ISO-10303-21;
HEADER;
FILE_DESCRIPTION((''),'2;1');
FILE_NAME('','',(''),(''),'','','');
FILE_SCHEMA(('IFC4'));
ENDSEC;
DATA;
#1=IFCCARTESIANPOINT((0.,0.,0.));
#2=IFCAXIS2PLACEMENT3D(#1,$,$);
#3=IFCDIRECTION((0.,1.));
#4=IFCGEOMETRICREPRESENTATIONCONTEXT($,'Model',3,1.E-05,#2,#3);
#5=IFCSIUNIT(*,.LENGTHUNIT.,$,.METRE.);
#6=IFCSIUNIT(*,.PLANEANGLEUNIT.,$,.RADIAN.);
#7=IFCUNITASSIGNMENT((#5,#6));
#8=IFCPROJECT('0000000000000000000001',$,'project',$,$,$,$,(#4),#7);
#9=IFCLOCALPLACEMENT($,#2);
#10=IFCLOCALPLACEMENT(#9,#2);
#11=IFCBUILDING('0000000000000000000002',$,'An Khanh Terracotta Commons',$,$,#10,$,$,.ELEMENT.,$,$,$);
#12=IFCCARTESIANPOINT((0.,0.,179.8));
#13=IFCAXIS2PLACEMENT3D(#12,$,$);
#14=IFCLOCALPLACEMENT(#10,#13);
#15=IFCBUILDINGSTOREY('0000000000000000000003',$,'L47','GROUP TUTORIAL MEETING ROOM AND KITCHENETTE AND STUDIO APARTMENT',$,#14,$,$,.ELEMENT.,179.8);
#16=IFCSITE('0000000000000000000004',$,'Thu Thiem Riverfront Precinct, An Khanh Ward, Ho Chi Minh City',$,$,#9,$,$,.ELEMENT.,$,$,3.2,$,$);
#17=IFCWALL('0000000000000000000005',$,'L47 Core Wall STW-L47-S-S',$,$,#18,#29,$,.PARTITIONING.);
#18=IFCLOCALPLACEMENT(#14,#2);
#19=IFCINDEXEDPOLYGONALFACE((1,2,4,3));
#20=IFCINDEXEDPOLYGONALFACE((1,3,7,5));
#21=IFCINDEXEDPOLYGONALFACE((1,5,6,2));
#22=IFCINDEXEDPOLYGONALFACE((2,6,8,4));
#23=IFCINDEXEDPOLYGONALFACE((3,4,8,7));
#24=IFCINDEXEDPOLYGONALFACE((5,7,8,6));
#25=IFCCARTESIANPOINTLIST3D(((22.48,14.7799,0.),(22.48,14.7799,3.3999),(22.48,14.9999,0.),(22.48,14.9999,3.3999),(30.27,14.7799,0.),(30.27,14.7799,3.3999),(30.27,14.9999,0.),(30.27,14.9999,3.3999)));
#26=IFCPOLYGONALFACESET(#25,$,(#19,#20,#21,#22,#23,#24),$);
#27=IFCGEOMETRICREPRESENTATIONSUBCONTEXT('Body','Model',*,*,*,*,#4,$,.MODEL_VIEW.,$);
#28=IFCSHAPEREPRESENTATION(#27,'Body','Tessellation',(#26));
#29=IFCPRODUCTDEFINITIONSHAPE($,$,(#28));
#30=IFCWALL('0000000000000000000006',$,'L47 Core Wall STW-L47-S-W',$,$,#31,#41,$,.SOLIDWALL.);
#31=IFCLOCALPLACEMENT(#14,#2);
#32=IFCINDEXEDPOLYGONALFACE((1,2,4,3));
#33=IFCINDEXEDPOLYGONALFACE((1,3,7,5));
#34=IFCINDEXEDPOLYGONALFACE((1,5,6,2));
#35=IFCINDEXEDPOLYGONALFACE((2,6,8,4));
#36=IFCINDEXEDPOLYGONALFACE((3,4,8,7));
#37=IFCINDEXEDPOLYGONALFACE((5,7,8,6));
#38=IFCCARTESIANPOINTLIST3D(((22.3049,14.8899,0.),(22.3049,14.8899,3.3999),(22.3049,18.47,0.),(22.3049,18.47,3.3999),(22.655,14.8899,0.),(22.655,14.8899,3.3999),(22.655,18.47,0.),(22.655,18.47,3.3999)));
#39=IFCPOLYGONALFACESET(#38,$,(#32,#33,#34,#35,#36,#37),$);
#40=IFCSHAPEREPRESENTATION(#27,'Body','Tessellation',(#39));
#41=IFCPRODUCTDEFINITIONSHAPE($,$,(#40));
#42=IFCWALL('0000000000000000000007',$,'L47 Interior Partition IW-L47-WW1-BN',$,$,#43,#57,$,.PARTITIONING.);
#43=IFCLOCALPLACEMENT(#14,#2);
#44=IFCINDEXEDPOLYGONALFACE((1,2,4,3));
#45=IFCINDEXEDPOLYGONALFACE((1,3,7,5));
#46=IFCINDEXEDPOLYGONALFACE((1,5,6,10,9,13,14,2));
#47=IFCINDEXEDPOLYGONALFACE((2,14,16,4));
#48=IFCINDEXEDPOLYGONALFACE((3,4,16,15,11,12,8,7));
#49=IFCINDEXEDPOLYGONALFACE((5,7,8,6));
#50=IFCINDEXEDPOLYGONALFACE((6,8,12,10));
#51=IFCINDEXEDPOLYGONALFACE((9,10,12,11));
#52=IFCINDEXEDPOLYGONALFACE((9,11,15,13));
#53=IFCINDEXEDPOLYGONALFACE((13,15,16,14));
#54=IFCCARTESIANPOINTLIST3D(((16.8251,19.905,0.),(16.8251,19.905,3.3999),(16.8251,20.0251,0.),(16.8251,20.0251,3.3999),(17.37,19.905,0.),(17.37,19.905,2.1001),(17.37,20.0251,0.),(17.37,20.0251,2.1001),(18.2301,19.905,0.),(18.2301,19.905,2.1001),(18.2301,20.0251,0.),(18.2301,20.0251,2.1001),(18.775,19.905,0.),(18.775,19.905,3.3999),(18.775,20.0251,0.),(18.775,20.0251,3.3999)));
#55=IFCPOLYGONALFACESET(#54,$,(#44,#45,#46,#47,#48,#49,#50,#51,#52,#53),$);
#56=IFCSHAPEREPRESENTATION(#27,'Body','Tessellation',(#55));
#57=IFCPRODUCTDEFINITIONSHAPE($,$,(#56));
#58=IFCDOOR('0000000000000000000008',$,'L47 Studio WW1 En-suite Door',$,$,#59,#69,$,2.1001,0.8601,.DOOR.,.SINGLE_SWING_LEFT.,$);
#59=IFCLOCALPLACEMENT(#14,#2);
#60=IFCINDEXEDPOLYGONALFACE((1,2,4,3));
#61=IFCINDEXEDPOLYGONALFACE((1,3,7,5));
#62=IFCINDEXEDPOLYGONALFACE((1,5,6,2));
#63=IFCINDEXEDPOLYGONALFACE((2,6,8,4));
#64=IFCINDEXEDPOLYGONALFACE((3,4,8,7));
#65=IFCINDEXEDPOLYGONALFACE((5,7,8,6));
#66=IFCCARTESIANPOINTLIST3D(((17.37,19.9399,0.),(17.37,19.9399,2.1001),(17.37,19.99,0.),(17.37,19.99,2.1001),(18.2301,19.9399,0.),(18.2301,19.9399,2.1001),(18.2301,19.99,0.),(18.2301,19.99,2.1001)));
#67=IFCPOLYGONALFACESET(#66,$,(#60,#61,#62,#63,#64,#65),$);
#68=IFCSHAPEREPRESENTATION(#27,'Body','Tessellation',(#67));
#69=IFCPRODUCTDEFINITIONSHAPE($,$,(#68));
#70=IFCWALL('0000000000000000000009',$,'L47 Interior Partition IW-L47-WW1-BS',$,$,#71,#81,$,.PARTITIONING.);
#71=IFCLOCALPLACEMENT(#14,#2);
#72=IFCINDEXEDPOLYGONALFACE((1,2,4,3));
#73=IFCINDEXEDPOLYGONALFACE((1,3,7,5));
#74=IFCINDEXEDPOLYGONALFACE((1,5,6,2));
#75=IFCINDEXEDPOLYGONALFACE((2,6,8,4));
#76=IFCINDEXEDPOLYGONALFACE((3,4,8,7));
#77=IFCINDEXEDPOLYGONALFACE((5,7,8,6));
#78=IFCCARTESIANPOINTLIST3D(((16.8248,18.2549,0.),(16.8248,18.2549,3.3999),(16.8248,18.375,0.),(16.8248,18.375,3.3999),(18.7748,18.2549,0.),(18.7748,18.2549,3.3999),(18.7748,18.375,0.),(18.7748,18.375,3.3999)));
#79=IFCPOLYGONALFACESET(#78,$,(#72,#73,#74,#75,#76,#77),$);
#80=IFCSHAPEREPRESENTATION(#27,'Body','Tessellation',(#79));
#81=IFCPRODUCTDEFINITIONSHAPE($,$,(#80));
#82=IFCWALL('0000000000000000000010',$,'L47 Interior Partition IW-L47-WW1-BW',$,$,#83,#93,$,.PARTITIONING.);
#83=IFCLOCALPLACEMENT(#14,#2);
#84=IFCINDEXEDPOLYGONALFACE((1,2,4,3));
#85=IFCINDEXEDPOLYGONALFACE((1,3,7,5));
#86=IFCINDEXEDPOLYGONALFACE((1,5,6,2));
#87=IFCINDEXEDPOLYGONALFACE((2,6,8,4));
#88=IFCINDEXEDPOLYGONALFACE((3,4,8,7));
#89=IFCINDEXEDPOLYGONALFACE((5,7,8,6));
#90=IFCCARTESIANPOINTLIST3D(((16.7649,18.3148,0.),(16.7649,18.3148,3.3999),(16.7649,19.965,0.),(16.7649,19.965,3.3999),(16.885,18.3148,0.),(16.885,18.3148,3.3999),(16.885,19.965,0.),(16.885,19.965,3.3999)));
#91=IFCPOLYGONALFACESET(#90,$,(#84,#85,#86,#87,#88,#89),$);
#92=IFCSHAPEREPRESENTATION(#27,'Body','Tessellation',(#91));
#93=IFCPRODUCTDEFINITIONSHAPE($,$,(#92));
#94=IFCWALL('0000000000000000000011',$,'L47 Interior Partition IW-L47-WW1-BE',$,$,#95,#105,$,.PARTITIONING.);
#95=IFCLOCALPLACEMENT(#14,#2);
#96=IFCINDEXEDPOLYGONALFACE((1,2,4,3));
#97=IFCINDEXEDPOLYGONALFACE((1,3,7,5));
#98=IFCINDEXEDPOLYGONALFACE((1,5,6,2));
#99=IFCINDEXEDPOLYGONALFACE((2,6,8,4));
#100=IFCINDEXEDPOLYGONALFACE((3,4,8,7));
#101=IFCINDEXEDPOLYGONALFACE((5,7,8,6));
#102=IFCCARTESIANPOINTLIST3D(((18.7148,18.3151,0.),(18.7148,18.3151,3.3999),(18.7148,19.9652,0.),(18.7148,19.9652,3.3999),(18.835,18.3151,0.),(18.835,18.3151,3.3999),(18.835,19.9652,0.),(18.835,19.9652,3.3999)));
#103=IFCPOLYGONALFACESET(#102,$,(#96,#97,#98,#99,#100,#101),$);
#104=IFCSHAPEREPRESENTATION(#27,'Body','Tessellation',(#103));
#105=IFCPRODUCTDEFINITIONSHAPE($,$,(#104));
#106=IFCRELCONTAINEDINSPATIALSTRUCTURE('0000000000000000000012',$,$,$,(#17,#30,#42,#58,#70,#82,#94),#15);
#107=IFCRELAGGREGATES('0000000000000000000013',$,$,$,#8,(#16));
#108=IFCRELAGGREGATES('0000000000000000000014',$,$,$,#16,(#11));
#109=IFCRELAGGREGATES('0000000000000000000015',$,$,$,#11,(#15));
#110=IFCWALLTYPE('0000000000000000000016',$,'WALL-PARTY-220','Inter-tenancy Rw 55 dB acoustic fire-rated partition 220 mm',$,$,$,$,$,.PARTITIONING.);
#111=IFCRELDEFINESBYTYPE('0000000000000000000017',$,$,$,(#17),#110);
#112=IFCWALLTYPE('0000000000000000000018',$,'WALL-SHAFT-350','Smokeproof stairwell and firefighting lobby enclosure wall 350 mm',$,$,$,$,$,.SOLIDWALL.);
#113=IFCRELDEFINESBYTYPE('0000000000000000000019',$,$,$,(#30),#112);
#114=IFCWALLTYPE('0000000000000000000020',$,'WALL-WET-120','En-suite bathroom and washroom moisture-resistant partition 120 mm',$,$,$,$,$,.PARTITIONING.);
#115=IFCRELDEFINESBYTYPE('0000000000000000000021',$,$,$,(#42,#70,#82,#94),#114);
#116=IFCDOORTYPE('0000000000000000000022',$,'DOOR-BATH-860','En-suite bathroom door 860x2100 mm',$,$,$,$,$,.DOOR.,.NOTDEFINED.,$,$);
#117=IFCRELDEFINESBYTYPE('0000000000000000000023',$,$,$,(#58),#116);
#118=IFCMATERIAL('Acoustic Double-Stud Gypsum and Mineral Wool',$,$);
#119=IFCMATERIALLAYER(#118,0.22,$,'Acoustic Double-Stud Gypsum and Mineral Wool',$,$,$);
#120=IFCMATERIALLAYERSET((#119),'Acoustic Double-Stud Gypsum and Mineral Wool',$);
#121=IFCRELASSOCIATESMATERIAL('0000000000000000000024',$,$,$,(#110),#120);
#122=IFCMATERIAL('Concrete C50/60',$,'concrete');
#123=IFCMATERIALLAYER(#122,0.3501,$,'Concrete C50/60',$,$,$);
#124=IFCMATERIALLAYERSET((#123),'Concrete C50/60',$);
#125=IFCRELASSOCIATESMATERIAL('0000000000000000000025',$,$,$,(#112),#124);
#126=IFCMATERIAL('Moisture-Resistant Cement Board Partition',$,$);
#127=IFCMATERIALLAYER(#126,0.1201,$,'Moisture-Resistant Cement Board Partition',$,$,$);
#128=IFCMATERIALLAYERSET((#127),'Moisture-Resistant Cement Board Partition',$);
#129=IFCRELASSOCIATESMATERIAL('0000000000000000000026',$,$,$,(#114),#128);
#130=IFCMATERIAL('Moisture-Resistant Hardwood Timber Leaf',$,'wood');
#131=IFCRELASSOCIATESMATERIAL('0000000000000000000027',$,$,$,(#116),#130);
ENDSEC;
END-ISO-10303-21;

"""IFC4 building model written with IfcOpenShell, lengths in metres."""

from ifc_helpers import new_model, si_unit, direction, frame, frame_2d, origin, place, context, subcontext, project, spatial, rectangle, extrude, material, layer, layer_set, type_object, element, fill, save


model = new_model("IFC4")

# Units and contexts
model_context = context("Model", 3, precision=1e-05, world=origin(), true_north=direction((0.0, 1.0)))
body_context = subcontext(model_context, "Body", "Model", "MODEL_VIEW")
ifc_project = project(units=[si_unit("LENGTHUNIT", "METRE"), si_unit("PLANEANGLEUNIT", "RADIAN")], contexts=[model_context])

# Site, building, storey
site_placement = place(None, origin())
site = spatial("IfcSite", under=ifc_project, at=site_placement, Name="Thu Thiem Riverfront Precinct, An Khanh Ward, Ho Chi Minh City", CompositionType="ELEMENT", RefElevation=3.2)
building_placement = place(site_placement, origin())
building = spatial("IfcBuilding", under=site, at=building_placement, Name="An Khanh Terracotta Commons", CompositionType="ELEMENT")
storey_placement = place(building_placement, frame((0.0, 0.0, 179.8)))
storey = spatial("IfcBuildingStorey", under=building, at=storey_placement, Name="L47", Description="GROUP TUTORIAL MEETING ROOM AND KITCHENETTE AND STUDIO APARTMENT", CompositionType="ELEMENT", Elevation=179.8)

# Walls
ifc_material_1 = material(Name="Acoustic Double-Stud Gypsum and Mineral Wool")
ifc_layer_1 = layer(ifc_material_1, 0.22, Name="Acoustic Double-Stud Gypsum and Mineral Wool")
ifc_layer_set_1 = layer_set([ifc_layer_1], Name="Acoustic Double-Stud Gypsum and Mineral Wool")
wall_type_1 = type_object("IfcWallType", Name="WALL-PARTY-220", Description="Inter-tenancy Rw 55 dB acoustic fire-rated partition 220 mm", PredefinedType="PARTITIONING", material=ifc_layer_set_1)
wall_1_placement = place(storey_placement, frame((22.48, 14.8899, 0.0), z_axis=(0.0, 0.0, 1.0), x_axis=(1.0, 0.0, 0.0)))
element("IfcWall", 1, at=wall_1_placement, inside=storey, type_object=wall_type_1, Name="L47 Core Wall STW-L47-S-S", PredefinedType="PARTITIONING", context=body_context, shape_type="SweptSolid", body=[
    extrude(rectangle(XDim=7.79, YDim=0.22, at=frame_2d((3.895, 0.0))), origin(), (0.0, 0.0, 1.0), 3.3999),
])
ifc_material_2 = material(Name="Concrete C50/60", Category="concrete")
ifc_layer_2 = layer(ifc_material_2, 0.3501, Name="Concrete C50/60")
ifc_layer_set_2 = layer_set([ifc_layer_2], Name="Concrete C50/60")
wall_type_2 = type_object("IfcWallType", Name="WALL-SHAFT-350", Description="Smokeproof stairwell and firefighting lobby enclosure wall 350 mm", PredefinedType="SOLIDWALL", material=ifc_layer_set_2)
wall_2_placement = place(storey_placement, frame((22.48, 14.8899, 0.0), z_axis=(0.0, 0.0, 1.0), x_axis=(0.0, 1.0, 0.0)))
element("IfcWall", 2, at=wall_2_placement, inside=storey, type_object=wall_type_2, Name="L47 Core Wall STW-L47-S-W", PredefinedType="SOLIDWALL", context=body_context, shape_type="SweptSolid", body=[
    extrude(rectangle(XDim=3.5801, YDim=0.3501, at=frame_2d((1.79, 0.0))), origin(), (0.0, 0.0, 1.0), 3.3999),
])

# Wall, opening, door
ifc_material_3 = material(Name="Moisture-Resistant Cement Board Partition")
ifc_layer_3 = layer(ifc_material_3, 0.1201, Name="Moisture-Resistant Cement Board Partition")
ifc_layer_set_3 = layer_set([ifc_layer_3], Name="Moisture-Resistant Cement Board Partition")
wall_type_3 = type_object("IfcWallType", Name="WALL-WET-120", Description="En-suite bathroom and washroom moisture-resistant partition 120 mm", PredefinedType="PARTITIONING", material=ifc_layer_set_3)
wall_3_placement = place(storey_placement, frame((16.825, 19.9651, 0.0), z_axis=(0.0, 0.0, 1.0), x_axis=(1.0, 0.0, 0.0)))
wall_3 = element("IfcWall", 3, at=wall_3_placement, inside=storey, type_object=wall_type_3, Name="L47 Interior Partition IW-L47-WW1-BN", PredefinedType="PARTITIONING", context=body_context, shape_type="SweptSolid", body=[
    extrude(rectangle(XDim=1.95, YDim=0.1201, at=frame_2d((0.9751, 0.0))), origin(), (0.0, 0.0, 1.0), 3.3999),
])
opening_1_placement = place(wall_3_placement, frame((0.5449, 0.0, 0.0)))
opening_1 = element("IfcOpeningElement", 4, at=opening_1_placement, cuts=wall_3, PredefinedType="OPENING", context=body_context, shape_type="SweptSolid", body=[
    extrude(rectangle(XDim=0.8601, YDim=2.1001, at=frame_2d((0.4302, 1.05))), frame((0.0, 0.0701, 0.0), z_axis=(0.0, -1.0, 0.0), x_axis=(1.0, 0.0, 0.0)), (0.0, 0.0, 1.0), 0.1401),
])
ifc_material_4 = material(Name="Moisture-Resistant Hardwood Timber Leaf", Category="wood")
door_type_1 = type_object("IfcDoorType", Name="DOOR-BATH-860", Description="En-suite bathroom door 860x2100 mm", OperationType="NOTDEFINED", PredefinedType="DOOR", material=ifc_material_4)
door_1_placement = place(opening_1_placement, origin())
door_1 = element("IfcDoor", 5, at=door_1_placement, inside=storey, type_object=door_type_1, Name="L47 Studio WW1 En-suite Door", OperationType="SINGLE_SWING_LEFT", OverallHeight=2.1001, OverallWidth=0.8601, PredefinedType="DOOR", context=body_context, shape_type="SweptSolid", body=[
    extrude(rectangle(XDim=0.8601, YDim=2.1001, at=frame_2d((0.4302, 1.05))), frame((0.0, 0.0249, 0.0), z_axis=(0.0, -1.0, 0.0), x_axis=(1.0, 0.0, 0.0)), (0.0, 0.0, 1.0), 0.05),
])
fill(opening_1, door_1)

# Walls
wall_4_placement = place(storey_placement, frame((18.7749, 18.3149, 0.0), z_axis=(0.0, 0.0, 1.0), x_axis=(-1.0, 0.0, 0.0)))
element("IfcWall", 6, at=wall_4_placement, inside=storey, type_object=wall_type_3, Name="L47 Interior Partition IW-L47-WW1-BS", PredefinedType="PARTITIONING", context=body_context, shape_type="SweptSolid", body=[
    extrude(rectangle(XDim=1.95, YDim=0.1201, at=frame_2d((0.9751, 0.0))), origin(), (0.0, 0.0, 1.0), 3.3999),
])
for number, where, z_axis, x_axis, name in (
    (7, (16.825, 19.9651, 0.0), (0.0, 0.0, 1.0), (0.0, -1.0, 0.0), "L47 Interior Partition IW-L47-WW1-BW"),
    (8, (18.7749, 18.3149, 0.0), (0.0, 0.0, 1.0), (0.0, 1.0, 0.0), "L47 Interior Partition IW-L47-WW1-BE"),
):
    element("IfcWall", number, at=place(storey_placement, frame(where, z_axis=z_axis, x_axis=x_axis)), inside=storey, type_object=wall_type_3, Name=name, PredefinedType="PARTITIONING", context=body_context, shape_type="SweptSolid", body=[
        extrude(rectangle(XDim=1.6501, YDim=0.1201, at=frame_2d((0.8252, 0.0))), origin(), (0.0, 0.0, 1.0), 3.3999),
    ])

save(model, "model.ifc")
